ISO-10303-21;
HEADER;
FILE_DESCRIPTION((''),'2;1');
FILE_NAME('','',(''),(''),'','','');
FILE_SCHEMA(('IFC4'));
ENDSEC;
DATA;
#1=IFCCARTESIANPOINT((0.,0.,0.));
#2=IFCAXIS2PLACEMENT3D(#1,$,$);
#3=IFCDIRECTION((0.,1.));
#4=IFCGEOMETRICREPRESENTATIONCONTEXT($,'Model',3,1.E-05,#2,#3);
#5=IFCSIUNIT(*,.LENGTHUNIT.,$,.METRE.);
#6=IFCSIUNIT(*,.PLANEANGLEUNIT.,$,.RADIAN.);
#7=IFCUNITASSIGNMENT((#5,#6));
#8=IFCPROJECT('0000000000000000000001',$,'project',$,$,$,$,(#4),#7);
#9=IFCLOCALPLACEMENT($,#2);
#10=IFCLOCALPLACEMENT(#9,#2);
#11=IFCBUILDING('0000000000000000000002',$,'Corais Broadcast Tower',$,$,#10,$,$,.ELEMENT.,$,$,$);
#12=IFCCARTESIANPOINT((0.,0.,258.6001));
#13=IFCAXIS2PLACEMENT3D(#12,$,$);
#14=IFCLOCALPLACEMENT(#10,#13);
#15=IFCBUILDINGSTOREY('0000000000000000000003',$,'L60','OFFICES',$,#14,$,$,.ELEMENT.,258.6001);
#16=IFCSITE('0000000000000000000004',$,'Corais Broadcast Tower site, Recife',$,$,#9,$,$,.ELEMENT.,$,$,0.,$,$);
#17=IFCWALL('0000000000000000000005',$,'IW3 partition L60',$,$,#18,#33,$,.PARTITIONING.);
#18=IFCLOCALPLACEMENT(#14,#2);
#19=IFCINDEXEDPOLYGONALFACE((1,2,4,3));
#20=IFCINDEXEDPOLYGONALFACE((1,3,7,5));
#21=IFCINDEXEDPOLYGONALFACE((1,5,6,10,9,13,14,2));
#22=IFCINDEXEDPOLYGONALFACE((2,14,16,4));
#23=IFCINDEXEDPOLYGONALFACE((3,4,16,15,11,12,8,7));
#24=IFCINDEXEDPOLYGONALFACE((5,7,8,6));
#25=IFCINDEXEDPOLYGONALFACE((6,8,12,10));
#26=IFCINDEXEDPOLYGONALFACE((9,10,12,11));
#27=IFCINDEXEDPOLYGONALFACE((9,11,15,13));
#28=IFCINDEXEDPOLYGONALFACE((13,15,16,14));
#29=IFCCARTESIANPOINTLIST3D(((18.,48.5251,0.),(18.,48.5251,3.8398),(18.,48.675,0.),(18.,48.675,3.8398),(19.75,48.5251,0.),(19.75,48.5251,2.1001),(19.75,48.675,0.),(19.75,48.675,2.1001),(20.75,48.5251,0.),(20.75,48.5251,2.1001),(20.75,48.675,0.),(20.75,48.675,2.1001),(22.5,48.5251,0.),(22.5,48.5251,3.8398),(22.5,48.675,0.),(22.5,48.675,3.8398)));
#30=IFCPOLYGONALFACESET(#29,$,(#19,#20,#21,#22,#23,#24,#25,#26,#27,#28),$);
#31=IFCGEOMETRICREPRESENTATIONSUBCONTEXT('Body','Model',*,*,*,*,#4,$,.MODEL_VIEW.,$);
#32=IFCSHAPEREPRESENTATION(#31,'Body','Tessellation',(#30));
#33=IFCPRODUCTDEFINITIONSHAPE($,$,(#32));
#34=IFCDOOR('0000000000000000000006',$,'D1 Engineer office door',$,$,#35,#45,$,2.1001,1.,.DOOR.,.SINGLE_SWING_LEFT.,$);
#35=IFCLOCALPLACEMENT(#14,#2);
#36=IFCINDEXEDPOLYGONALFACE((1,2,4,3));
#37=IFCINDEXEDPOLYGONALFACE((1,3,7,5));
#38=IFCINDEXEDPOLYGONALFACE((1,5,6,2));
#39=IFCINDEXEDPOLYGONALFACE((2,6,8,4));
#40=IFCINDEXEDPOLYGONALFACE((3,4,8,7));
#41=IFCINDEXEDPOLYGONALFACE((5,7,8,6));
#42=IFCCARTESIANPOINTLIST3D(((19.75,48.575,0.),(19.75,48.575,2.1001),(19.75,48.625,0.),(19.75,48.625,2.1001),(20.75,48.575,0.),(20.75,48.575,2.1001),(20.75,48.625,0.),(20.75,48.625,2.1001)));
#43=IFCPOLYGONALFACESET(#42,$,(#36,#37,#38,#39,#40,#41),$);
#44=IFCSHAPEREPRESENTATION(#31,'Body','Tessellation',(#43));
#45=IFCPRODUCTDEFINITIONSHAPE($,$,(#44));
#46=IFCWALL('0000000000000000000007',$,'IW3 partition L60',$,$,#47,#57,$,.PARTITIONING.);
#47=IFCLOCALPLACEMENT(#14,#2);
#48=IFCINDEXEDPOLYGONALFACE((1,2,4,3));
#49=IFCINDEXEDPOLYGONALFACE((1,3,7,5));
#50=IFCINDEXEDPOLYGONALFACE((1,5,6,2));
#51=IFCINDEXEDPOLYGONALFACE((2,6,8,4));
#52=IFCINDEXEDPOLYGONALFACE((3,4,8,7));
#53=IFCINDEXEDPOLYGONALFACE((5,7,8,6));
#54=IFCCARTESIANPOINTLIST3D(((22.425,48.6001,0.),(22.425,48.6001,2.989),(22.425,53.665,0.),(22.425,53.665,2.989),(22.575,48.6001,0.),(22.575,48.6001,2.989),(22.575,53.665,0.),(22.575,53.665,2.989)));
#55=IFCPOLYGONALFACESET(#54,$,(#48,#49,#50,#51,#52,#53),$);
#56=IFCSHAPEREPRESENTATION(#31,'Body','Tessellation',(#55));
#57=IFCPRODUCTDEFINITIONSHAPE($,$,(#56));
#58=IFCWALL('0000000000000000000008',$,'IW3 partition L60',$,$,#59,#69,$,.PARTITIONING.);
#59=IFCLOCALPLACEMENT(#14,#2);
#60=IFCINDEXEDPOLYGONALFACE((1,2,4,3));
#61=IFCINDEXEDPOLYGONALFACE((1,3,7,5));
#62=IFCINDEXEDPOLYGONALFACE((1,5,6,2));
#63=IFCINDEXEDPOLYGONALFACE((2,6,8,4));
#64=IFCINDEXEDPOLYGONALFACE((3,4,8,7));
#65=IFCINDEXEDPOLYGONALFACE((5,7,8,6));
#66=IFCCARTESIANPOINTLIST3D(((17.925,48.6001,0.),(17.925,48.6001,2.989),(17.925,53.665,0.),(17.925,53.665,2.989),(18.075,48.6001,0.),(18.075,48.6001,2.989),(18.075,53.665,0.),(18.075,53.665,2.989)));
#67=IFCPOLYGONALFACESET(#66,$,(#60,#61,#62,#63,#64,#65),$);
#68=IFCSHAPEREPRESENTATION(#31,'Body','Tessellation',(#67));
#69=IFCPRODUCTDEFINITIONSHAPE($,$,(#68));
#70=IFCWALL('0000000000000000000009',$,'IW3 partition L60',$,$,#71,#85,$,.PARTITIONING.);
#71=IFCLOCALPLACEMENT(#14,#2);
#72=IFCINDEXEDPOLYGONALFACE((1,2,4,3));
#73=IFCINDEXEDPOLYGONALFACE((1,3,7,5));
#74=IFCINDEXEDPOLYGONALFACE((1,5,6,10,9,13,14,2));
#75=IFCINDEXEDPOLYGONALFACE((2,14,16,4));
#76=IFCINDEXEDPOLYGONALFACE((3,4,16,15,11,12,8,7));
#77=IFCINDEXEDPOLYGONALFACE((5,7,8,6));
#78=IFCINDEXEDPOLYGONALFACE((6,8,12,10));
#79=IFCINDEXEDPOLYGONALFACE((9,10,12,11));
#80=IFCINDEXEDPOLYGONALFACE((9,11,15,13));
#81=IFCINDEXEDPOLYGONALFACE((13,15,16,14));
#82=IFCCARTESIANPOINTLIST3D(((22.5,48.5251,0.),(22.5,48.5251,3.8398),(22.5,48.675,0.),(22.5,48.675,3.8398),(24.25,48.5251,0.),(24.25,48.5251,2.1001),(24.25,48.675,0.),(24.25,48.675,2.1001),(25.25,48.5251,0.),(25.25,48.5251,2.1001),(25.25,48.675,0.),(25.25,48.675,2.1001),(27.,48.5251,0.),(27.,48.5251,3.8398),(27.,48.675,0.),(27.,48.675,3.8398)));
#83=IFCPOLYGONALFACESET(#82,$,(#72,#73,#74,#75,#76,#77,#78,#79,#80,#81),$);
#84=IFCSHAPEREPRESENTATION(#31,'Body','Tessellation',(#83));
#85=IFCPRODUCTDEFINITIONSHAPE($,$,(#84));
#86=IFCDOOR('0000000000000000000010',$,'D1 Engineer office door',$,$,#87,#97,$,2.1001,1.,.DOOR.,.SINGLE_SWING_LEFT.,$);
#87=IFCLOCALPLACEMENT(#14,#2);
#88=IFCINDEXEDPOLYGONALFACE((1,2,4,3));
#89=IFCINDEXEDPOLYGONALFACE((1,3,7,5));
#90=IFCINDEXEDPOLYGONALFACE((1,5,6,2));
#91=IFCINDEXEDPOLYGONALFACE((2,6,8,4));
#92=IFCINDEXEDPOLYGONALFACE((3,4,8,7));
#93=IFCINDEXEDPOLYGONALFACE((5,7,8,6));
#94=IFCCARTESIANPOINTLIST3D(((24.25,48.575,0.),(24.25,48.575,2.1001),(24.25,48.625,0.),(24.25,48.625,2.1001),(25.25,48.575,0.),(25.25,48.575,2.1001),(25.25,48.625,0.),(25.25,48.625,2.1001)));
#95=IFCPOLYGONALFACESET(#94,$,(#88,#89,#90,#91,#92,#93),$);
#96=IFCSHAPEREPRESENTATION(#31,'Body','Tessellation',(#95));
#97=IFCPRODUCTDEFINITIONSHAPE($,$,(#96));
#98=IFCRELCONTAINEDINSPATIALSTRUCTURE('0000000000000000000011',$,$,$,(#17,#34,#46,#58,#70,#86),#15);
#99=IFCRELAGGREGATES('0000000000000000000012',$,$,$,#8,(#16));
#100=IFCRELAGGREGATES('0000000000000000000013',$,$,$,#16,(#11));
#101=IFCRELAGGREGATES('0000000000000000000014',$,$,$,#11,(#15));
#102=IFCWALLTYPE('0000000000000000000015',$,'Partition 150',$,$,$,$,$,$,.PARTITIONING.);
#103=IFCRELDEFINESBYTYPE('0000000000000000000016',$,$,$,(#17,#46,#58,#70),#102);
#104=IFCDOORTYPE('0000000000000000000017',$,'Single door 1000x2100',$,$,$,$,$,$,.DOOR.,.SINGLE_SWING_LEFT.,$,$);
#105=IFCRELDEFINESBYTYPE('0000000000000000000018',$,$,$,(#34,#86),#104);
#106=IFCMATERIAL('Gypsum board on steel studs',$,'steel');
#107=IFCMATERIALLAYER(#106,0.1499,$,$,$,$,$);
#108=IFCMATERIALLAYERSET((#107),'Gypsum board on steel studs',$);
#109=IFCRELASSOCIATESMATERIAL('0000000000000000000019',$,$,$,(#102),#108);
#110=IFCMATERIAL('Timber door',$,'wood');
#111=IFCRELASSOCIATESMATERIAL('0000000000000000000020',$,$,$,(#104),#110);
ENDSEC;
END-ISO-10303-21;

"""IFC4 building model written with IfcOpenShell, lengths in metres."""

from ifc_helpers import new_model, si_unit, direction, frame, frame_2d, origin, place, context, subcontext, project, spatial, rectangle, extrude, material, layer, layer_set, type_object, element, fill, save


model = new_model("IFC4")

# Units and contexts
model_context = context("Model", 3, precision=1e-05, world=origin(), true_north=direction((0.0, 1.0)))
body_context = subcontext(model_context, "Body", "Model", "MODEL_VIEW")
ifc_project = project(units=[si_unit("LENGTHUNIT", "METRE"), si_unit("PLANEANGLEUNIT", "RADIAN")], contexts=[model_context])

# Site, building, storey
site_placement = place(None, origin())
site = spatial("IfcSite", under=ifc_project, at=site_placement, Name="Corais Broadcast Tower site, Recife", CompositionType="ELEMENT", RefElevation=0.0)
building_placement = place(site_placement, origin())
building = spatial("IfcBuilding", under=site, at=building_placement, Name="Corais Broadcast Tower", CompositionType="ELEMENT")
storey_placement = place(building_placement, frame((0.0, 0.0, 258.6001)))
storey = spatial("IfcBuildingStorey", under=building, at=storey_placement, Name="L60", Description="OFFICES", CompositionType="ELEMENT", Elevation=258.6001)

# Shared definitions
ifc_material_1 = material(Name="Gypsum board on steel studs", Category="steel")
ifc_layer_1 = layer(ifc_material_1, 0.1499)
ifc_layer_set_1 = layer_set([ifc_layer_1], Name="Gypsum board on steel studs")
wall_type = type_object("IfcWallType", Name="Partition 150", PredefinedType="PARTITIONING", material=ifc_layer_set_1)

# Wall, opening, door
ifc_material_2 = material(Name="Timber door", Category="wood")
door_type = type_object("IfcDoorType", Name="Single door 1000x2100", OperationType="SINGLE_SWING_LEFT", PredefinedType="DOOR", material=ifc_material_2)
wall_1_placement = place(storey_placement, frame((18.0, 48.6001, 0.0), z_axis=(0.0, 0.0, 1.0), x_axis=(1.0, 0.0, 0.0)))
wall_1 = element("IfcWall", 1, at=wall_1_placement, inside=storey, type_object=wall_type, Name="IW3 partition L60", PredefinedType="PARTITIONING", context=body_context, shape_type="SweptSolid", body=[
    extrude(rectangle(XDim=4.5, YDim=0.1499, at=frame_2d((2.25, 0.0))), origin(), (0.0, 0.0, 1.0), 3.8398),
])
opening_1_placement = place(wall_1_placement, frame((1.75, 0.0, 0.0)))
opening_1 = element("IfcOpeningElement", 2, at=opening_1_placement, cuts=wall_1, PredefinedType="OPENING", context=body_context, shape_type="SweptSolid", body=[
    extrude(rectangle(XDim=1.0, YDim=2.1001, at=frame_2d((0.5, 1.05))), frame((0.0, 0.085, 0.0), z_axis=(0.0, -1.0, 0.0), x_axis=(1.0, 0.0, 0.0)), (0.0, 0.0, 1.0), 0.1699),
])
door_1_placement = place(opening_1_placement, origin())
door_1 = element("IfcDoor", 3, at=door_1_placement, inside=storey, type_object=door_type, Name="D1 Engineer office door", OperationType="SINGLE_SWING_LEFT", OverallHeight=2.1001, OverallWidth=1.0, PredefinedType="DOOR", context=body_context, shape_type="SweptSolid", body=[
    extrude(rectangle(XDim=1.0, YDim=2.1001, at=frame_2d((0.5, 1.05))), frame((0.0, 0.0249, 0.0), z_axis=(0.0, -1.0, 0.0), x_axis=(1.0, 0.0, 0.0)), (0.0, 0.0, 1.0), 0.05),
])
fill(opening_1, door_1)

# Walls
for number, where, z_axis, x_axis, name in (
    (4, (22.5, 48.6001, 0.0), (0.0, 0.0, 1.0), (0.0, 1.0, 0.0), "IW3 partition L60"),
    (5, (18.0, 53.665, 0.0), (0.0, 0.0, 1.0), (0.0, -1.0, 0.0), "IW3 partition L60"),
):
    element("IfcWall", number, at=place(storey_placement, frame(where, z_axis=z_axis, x_axis=x_axis)), inside=storey, type_object=wall_type, Name=name, PredefinedType="PARTITIONING", context=body_context, shape_type="SweptSolid", body=[
        extrude(rectangle(XDim=5.0649, YDim=0.1499, at=frame_2d((2.5325, 0.0))), origin(), (0.0, 0.0, 1.0), 2.989),
    ])

# Wall, opening, door
wall_2_placement = place(storey_placement, frame((22.5, 48.6001, 0.0), z_axis=(0.0, 0.0, 1.0), x_axis=(1.0, 0.0, 0.0)))
wall_2 = element("IfcWall", 6, at=wall_2_placement, inside=storey, type_object=wall_type, Name="IW3 partition L60", PredefinedType="PARTITIONING", context=body_context, shape_type="SweptSolid", body=[
    extrude(rectangle(XDim=4.5, YDim=0.1499, at=frame_2d((2.25, 0.0))), origin(), (0.0, 0.0, 1.0), 3.8398),
])
opening_2_placement = place(wall_2_placement, frame((1.75, 0.0, 0.0)))
opening_2 = element("IfcOpeningElement", 7, at=opening_2_placement, cuts=wall_2, PredefinedType="OPENING", context=body_context, shape_type="SweptSolid", body=[
    extrude(rectangle(XDim=1.0, YDim=2.1001, at=frame_2d((0.5, 1.05))), frame((0.0, 0.085, 0.0), z_axis=(0.0, -1.0, 0.0), x_axis=(1.0, 0.0, 0.0)), (0.0, 0.0, 1.0), 0.1699),
])
door_2_placement = place(opening_2_placement, origin())
door_2 = element("IfcDoor", 8, at=door_2_placement, inside=storey, type_object=door_type, Name="D1 Engineer office door", OperationType="SINGLE_SWING_LEFT", OverallHeight=2.1001, OverallWidth=1.0, PredefinedType="DOOR", context=body_context, shape_type="SweptSolid", body=[
    extrude(rectangle(XDim=1.0, YDim=2.1001, at=frame_2d((0.5, 1.05))), frame((0.0, 0.0249, 0.0), z_axis=(0.0, -1.0, 0.0), x_axis=(1.0, 0.0, 0.0)), (0.0, 0.0, 1.0), 0.05),
])
fill(opening_2, door_2)

save(model, "model.ifc")
